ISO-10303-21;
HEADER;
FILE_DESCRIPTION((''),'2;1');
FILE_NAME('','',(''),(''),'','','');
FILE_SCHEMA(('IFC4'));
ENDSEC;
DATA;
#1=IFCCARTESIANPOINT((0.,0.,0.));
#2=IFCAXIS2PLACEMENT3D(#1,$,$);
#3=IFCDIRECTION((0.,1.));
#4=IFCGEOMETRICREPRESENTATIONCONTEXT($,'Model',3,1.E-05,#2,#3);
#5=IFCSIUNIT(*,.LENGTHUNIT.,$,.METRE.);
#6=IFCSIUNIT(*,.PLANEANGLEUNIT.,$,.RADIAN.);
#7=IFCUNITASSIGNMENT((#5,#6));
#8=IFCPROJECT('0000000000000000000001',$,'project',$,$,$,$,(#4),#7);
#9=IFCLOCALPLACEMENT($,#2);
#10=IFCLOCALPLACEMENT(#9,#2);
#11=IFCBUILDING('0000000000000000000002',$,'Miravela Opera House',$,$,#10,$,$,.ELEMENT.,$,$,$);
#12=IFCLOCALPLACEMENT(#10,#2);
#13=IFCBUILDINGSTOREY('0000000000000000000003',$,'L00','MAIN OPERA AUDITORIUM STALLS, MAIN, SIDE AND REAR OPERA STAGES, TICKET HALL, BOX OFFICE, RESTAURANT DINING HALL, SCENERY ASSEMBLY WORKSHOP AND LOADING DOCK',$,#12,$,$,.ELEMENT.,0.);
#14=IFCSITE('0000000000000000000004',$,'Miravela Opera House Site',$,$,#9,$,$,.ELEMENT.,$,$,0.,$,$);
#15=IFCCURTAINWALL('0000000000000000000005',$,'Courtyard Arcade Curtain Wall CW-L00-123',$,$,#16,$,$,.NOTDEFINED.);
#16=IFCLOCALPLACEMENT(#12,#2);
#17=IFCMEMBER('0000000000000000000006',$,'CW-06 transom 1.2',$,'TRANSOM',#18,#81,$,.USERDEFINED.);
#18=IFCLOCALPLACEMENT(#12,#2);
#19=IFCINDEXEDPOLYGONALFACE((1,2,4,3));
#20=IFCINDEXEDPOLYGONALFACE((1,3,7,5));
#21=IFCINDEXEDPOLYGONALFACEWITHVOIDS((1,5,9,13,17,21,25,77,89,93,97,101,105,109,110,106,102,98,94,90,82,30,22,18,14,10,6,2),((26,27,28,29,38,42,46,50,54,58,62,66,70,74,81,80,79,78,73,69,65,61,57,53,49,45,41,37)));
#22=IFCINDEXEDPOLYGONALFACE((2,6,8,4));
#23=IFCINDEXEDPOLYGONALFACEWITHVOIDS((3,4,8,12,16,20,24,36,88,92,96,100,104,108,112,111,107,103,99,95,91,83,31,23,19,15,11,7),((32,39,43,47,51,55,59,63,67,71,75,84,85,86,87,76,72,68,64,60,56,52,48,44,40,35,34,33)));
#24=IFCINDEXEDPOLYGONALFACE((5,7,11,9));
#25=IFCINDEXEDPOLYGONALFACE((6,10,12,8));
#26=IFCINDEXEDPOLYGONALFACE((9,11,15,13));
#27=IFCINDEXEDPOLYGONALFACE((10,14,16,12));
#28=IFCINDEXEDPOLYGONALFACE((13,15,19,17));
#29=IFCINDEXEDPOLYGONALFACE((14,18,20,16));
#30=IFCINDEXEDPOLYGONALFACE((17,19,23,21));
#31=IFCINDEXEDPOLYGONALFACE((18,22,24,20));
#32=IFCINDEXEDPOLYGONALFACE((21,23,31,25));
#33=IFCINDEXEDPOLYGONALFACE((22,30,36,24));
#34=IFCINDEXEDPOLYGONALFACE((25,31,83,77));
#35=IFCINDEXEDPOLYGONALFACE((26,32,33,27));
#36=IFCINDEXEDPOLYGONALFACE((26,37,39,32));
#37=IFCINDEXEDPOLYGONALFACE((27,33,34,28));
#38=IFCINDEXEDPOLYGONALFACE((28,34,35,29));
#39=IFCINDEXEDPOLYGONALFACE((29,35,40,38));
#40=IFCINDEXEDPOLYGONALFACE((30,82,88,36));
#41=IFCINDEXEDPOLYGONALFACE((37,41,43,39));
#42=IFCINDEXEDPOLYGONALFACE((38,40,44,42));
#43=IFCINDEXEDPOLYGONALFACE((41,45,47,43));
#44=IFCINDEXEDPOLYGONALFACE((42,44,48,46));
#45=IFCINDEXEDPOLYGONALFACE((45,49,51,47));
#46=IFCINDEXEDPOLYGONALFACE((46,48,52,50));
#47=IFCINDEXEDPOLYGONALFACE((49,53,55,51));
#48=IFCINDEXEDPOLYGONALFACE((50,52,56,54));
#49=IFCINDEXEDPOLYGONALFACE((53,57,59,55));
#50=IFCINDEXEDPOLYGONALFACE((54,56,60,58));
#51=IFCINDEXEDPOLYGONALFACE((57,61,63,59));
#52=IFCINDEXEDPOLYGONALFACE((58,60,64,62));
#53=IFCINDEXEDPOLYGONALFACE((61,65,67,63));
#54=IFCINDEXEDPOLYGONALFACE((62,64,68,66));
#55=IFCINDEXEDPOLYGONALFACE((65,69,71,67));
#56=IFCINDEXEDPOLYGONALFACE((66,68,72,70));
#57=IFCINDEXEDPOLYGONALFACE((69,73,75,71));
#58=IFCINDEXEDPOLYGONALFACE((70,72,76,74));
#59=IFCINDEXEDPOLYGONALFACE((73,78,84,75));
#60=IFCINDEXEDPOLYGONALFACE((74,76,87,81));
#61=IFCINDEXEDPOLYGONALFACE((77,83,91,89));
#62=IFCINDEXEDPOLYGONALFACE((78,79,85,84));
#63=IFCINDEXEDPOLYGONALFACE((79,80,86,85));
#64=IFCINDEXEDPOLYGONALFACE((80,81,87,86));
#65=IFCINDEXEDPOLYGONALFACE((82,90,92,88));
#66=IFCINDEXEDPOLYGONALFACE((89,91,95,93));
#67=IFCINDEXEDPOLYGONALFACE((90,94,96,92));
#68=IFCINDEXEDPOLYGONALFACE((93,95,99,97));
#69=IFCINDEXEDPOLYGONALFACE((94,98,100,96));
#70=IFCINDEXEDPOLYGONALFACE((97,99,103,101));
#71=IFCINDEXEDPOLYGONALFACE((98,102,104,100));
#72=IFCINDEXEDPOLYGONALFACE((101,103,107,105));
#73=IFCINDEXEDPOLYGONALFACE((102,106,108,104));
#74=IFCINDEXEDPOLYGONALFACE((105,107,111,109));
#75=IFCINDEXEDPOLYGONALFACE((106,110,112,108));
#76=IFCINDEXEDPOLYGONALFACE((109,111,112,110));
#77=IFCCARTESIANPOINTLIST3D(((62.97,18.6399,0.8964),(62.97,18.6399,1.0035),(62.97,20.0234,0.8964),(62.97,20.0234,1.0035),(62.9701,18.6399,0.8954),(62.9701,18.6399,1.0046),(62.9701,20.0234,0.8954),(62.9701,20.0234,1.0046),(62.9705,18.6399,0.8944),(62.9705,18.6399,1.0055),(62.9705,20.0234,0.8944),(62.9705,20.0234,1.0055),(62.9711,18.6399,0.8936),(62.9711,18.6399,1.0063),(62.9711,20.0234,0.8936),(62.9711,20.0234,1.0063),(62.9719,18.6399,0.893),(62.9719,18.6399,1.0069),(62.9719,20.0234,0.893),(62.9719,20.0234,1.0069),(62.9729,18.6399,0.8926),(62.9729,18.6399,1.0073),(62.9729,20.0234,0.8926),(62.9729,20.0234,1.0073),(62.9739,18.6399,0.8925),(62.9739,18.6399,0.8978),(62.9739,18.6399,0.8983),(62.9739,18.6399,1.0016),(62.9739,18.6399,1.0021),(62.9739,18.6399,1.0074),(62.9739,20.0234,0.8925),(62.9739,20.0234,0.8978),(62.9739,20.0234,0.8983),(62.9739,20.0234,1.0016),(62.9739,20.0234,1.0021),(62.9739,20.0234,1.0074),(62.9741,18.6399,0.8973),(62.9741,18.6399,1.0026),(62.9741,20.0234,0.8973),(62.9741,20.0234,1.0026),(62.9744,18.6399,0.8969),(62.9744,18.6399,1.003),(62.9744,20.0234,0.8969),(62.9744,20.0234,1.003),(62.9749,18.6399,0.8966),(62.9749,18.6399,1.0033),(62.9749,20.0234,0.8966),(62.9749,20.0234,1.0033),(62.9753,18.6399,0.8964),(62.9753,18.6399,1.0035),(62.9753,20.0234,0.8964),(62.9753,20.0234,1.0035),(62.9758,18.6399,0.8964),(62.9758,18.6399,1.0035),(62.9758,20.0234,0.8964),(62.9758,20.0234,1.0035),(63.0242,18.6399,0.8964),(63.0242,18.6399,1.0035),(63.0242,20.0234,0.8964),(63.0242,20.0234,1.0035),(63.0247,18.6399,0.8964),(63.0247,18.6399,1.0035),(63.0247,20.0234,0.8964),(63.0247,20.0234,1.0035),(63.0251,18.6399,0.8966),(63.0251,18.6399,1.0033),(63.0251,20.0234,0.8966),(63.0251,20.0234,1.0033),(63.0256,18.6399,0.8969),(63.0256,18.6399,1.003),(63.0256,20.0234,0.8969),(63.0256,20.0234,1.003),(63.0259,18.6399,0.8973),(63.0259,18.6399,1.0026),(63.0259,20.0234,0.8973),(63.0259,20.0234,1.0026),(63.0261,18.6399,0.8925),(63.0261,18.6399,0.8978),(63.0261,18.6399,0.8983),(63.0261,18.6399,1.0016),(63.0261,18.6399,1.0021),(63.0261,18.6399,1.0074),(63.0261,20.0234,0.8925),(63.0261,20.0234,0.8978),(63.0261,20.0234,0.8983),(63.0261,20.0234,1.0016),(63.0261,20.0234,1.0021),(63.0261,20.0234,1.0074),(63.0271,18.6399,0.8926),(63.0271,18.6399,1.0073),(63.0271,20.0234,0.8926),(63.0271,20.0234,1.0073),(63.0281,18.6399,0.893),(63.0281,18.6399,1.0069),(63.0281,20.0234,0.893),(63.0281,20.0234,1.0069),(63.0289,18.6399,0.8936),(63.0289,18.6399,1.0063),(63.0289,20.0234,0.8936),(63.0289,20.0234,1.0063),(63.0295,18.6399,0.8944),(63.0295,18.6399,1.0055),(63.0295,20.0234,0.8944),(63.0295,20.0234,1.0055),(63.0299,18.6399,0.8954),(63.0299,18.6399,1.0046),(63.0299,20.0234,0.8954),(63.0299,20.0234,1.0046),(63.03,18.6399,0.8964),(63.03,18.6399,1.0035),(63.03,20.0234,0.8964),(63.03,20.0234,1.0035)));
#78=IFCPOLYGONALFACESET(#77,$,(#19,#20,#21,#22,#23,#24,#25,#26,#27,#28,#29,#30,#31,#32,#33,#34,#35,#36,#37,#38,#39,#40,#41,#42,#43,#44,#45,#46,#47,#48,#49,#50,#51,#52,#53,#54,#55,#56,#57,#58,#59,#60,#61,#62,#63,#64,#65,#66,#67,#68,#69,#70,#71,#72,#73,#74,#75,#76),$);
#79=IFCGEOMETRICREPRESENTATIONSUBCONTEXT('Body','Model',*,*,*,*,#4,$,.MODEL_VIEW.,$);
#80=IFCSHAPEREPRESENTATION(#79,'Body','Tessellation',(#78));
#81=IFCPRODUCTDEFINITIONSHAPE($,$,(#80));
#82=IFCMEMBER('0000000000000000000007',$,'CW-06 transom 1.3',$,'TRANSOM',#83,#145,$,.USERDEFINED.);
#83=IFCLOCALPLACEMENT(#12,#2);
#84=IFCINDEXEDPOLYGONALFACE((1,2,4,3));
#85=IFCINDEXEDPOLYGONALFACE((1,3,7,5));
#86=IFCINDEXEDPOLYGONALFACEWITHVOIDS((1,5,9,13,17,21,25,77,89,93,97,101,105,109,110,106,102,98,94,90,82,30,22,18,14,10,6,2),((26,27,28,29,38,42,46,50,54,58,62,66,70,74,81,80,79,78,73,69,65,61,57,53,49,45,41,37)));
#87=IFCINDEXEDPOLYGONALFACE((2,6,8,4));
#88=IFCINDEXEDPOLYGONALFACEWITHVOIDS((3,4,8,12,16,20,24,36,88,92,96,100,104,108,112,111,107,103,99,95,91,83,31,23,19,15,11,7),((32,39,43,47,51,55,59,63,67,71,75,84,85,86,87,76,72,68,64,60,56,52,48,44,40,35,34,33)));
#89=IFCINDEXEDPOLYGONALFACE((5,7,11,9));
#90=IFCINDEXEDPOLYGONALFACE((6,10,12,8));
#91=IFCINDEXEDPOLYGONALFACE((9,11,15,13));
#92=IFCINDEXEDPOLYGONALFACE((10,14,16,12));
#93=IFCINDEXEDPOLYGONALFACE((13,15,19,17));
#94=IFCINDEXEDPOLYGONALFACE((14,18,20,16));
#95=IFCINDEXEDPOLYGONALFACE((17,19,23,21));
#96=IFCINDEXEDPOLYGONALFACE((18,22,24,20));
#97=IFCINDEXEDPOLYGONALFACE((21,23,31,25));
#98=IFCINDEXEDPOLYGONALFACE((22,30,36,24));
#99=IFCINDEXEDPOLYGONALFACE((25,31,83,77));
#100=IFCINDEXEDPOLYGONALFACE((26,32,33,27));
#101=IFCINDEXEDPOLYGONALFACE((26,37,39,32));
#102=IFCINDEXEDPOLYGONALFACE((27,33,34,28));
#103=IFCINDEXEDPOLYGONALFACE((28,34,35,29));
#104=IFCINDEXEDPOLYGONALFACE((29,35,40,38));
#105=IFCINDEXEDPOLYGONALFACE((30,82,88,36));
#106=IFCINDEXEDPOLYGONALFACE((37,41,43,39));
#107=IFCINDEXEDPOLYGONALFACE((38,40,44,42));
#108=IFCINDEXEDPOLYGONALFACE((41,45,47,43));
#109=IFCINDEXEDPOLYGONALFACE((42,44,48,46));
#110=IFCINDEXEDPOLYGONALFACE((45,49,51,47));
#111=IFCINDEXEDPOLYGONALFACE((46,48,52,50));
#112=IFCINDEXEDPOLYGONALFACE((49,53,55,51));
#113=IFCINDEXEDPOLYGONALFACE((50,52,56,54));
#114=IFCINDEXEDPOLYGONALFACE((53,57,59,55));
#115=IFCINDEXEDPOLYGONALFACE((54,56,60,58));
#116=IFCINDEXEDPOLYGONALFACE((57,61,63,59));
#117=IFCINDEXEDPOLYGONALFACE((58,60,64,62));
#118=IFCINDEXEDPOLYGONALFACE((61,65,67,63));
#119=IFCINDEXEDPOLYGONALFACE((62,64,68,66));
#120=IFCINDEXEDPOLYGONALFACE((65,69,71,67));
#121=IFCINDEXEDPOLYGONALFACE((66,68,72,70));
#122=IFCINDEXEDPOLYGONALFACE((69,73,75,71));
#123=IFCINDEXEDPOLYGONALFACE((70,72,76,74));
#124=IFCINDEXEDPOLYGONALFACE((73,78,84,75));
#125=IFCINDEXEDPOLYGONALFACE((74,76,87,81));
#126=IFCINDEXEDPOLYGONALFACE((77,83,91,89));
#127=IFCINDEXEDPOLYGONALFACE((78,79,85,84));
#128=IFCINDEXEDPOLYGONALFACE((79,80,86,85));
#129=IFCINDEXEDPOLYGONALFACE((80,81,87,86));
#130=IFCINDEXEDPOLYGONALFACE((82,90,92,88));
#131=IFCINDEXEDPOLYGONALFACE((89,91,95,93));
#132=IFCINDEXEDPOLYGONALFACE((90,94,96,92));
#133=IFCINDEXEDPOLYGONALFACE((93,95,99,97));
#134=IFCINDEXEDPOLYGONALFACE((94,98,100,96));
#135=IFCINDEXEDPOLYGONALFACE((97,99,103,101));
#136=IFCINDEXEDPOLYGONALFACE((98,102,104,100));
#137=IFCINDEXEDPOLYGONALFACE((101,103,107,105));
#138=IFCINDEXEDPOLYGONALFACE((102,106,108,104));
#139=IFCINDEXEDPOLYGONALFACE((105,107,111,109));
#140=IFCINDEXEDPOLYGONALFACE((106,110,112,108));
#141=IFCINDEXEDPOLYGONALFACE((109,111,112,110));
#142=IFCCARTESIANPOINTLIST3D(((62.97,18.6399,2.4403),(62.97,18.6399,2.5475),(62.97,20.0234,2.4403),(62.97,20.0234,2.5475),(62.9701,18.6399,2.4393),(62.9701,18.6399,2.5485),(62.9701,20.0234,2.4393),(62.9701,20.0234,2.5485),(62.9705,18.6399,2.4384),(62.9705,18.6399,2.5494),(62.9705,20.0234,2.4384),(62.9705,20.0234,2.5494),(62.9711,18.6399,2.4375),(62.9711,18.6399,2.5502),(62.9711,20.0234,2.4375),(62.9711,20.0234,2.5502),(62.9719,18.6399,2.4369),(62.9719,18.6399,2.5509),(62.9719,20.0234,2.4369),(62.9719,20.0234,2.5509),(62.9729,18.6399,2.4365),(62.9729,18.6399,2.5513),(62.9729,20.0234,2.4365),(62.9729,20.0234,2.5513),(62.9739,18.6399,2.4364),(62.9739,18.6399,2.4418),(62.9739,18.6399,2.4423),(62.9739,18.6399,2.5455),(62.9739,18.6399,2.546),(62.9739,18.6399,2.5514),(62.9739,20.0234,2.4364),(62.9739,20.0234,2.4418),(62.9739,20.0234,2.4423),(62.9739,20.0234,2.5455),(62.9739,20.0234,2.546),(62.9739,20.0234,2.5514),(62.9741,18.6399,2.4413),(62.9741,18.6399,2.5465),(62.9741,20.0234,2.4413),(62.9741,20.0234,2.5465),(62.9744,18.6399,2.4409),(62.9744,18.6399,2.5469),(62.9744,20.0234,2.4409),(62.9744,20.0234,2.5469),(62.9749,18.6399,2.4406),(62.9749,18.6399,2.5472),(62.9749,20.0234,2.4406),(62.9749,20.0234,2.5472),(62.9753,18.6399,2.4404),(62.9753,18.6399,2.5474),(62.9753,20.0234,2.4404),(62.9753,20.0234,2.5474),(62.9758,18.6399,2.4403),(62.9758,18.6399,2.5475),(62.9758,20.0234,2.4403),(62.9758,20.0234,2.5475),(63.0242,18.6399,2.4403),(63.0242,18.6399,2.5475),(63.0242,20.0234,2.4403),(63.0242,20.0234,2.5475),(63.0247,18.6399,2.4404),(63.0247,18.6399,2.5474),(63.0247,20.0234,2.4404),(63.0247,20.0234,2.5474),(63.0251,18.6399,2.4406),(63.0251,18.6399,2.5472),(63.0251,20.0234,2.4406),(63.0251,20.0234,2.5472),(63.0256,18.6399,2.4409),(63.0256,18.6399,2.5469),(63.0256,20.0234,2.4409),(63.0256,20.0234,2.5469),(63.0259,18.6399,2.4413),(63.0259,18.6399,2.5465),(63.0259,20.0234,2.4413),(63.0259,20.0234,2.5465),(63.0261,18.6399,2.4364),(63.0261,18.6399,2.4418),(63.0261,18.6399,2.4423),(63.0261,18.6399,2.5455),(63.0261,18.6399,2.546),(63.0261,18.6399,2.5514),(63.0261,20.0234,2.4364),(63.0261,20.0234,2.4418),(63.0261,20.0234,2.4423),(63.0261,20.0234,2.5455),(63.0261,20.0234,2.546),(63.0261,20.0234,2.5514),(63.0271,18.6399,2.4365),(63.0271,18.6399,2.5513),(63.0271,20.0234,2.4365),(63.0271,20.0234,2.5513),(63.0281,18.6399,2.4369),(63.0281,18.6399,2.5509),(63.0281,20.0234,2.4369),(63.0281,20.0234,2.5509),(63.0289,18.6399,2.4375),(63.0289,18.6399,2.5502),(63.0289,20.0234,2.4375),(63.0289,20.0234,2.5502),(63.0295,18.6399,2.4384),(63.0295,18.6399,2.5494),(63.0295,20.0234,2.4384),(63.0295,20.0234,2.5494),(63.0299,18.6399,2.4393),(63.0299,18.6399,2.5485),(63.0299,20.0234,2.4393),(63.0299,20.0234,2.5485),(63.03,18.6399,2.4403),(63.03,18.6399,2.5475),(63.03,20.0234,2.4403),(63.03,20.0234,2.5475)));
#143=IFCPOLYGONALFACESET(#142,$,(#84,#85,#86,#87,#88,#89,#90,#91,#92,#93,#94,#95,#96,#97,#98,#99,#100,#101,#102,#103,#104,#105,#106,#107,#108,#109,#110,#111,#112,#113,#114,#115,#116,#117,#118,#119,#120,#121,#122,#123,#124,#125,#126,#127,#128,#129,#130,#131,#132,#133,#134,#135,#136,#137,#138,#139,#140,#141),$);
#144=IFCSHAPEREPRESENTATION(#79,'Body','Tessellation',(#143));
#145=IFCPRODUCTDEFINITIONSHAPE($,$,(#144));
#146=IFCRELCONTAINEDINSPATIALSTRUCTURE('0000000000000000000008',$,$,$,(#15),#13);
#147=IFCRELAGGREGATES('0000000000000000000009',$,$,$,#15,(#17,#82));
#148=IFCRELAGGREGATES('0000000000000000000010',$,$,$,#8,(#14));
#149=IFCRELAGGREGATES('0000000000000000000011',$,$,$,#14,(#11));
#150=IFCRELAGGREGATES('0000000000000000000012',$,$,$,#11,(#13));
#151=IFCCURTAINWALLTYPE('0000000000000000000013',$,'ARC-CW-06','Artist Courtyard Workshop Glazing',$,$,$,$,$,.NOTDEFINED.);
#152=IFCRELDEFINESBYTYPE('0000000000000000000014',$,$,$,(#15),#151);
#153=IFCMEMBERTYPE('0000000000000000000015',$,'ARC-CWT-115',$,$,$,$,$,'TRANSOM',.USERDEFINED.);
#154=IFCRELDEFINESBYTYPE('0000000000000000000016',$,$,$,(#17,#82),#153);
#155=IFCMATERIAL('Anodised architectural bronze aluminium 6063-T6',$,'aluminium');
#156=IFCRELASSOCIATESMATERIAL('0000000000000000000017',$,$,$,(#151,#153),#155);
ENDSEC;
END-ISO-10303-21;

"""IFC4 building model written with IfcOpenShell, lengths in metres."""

from ifc_helpers import new_model, si_unit, direction, frame, origin, origin_2d, place, context, subcontext, project, spatial, hollow_rectangle, extrude, material, material_profile, profile_set, type_object, element, aggregate, save


model = new_model("IFC4")

# Units and contexts
model_context = context("Model", 3, precision=1e-05, world=origin(), true_north=direction((0.0, 1.0)))
body_context = subcontext(model_context, "Body", "Model", "MODEL_VIEW")
ifc_project = project(units=[si_unit("LENGTHUNIT", "METRE"), si_unit("PLANEANGLEUNIT", "RADIAN")], contexts=[model_context])

# Site, building, storey
site_placement = place(None, origin())
site = spatial("IfcSite", under=ifc_project, at=site_placement, Name="Miravela Opera House Site", CompositionType="ELEMENT", RefElevation=0.0)
building_placement = place(site_placement, origin())
building = spatial("IfcBuilding", under=site, at=building_placement, Name="Miravela Opera House", CompositionType="ELEMENT")
storey_placement = place(building_placement, origin())
storey = spatial("IfcBuildingStorey", under=building, at=storey_placement, Name="L00", Description="MAIN OPERA AUDITORIUM STALLS, MAIN, SIDE AND REAR OPERA STAGES, TICKET HALL, BOX OFFICE, RESTAURANT DINING HALL, SCENERY ASSEMBLY WORKSHOP AND LOADING DOCK", CompositionType="ELEMENT", Elevation=0.0)

# Shared definitions
ifc_material_1 = material(Name="Anodised architectural bronze aluminium 6063-T6", Category="aluminium")
curtain_wall_type = type_object("IfcCurtainWallType", Name="ARC-CW-06", Description="Artist Courtyard Workshop Glazing", PredefinedType="NOTDEFINED", material=ifc_material_1)

# Curtain wall, members
curtain_wall_1_placement = place(storey_placement, origin())
curtain_wall_1 = element("IfcCurtainWall", 1, at=curtain_wall_1_placement, inside=storey, type_object=curtain_wall_type, Name="Courtyard Arcade Curtain Wall CW-L00-123", PredefinedType="NOTDEFINED")
ifc_material_profile_1 = material_profile(ifc_material_1, hollow_rectangle(XDim=0.0601, YDim=0.115, WallThickness=0.0039, InnerFilletRadius=0.002, OuterFilletRadius=0.0039, at=origin_2d()), Name="CWT-60X115")
ifc_profile_set_1 = profile_set([ifc_material_profile_1])
member_type_1 = type_object("IfcMemberType", Name="ARC-CWT-115", ElementType="TRANSOM", PredefinedType="USERDEFINED", material=ifc_profile_set_1)
member_1_placement = place(storey_placement, frame((63.0, 18.6399, 0.95), z_axis=(0.0, 1.0, 0.0), x_axis=(-1.0, 0.0, 0.0)))
member_1 = element("IfcMember", 2, at=member_1_placement, type_object=member_type_1, Name="CW-06 transom 1.2", ObjectType="TRANSOM", PredefinedType="USERDEFINED", context=body_context, shape_type="SweptSolid", body=[
    extrude(hollow_rectangle(XDim=0.0601, YDim=0.115, WallThickness=0.0039, InnerFilletRadius=0.002, OuterFilletRadius=0.0039, at=origin_2d()), origin(), (0.0, 0.0, 1.0), 1.3835),
])
member_2_placement = place(storey_placement, frame((63.0, 18.6399, 2.4939), z_axis=(0.0, 1.0, 0.0), x_axis=(-1.0, 0.0, 0.0)))
member_2 = element("IfcMember", 3, at=member_2_placement, type_object=member_type_1, Name="CW-06 transom 1.3", ObjectType="TRANSOM", PredefinedType="USERDEFINED", context=body_context, shape_type="SweptSolid", body=[
    extrude(hollow_rectangle(XDim=0.0601, YDim=0.115, WallThickness=0.0039, InnerFilletRadius=0.002, OuterFilletRadius=0.0039, at=origin_2d()), origin(), (0.0, 0.0, 1.0), 1.3835),
])

aggregate(curtain_wall_1, [member_1, member_2])

save(model, "model.ifc")
